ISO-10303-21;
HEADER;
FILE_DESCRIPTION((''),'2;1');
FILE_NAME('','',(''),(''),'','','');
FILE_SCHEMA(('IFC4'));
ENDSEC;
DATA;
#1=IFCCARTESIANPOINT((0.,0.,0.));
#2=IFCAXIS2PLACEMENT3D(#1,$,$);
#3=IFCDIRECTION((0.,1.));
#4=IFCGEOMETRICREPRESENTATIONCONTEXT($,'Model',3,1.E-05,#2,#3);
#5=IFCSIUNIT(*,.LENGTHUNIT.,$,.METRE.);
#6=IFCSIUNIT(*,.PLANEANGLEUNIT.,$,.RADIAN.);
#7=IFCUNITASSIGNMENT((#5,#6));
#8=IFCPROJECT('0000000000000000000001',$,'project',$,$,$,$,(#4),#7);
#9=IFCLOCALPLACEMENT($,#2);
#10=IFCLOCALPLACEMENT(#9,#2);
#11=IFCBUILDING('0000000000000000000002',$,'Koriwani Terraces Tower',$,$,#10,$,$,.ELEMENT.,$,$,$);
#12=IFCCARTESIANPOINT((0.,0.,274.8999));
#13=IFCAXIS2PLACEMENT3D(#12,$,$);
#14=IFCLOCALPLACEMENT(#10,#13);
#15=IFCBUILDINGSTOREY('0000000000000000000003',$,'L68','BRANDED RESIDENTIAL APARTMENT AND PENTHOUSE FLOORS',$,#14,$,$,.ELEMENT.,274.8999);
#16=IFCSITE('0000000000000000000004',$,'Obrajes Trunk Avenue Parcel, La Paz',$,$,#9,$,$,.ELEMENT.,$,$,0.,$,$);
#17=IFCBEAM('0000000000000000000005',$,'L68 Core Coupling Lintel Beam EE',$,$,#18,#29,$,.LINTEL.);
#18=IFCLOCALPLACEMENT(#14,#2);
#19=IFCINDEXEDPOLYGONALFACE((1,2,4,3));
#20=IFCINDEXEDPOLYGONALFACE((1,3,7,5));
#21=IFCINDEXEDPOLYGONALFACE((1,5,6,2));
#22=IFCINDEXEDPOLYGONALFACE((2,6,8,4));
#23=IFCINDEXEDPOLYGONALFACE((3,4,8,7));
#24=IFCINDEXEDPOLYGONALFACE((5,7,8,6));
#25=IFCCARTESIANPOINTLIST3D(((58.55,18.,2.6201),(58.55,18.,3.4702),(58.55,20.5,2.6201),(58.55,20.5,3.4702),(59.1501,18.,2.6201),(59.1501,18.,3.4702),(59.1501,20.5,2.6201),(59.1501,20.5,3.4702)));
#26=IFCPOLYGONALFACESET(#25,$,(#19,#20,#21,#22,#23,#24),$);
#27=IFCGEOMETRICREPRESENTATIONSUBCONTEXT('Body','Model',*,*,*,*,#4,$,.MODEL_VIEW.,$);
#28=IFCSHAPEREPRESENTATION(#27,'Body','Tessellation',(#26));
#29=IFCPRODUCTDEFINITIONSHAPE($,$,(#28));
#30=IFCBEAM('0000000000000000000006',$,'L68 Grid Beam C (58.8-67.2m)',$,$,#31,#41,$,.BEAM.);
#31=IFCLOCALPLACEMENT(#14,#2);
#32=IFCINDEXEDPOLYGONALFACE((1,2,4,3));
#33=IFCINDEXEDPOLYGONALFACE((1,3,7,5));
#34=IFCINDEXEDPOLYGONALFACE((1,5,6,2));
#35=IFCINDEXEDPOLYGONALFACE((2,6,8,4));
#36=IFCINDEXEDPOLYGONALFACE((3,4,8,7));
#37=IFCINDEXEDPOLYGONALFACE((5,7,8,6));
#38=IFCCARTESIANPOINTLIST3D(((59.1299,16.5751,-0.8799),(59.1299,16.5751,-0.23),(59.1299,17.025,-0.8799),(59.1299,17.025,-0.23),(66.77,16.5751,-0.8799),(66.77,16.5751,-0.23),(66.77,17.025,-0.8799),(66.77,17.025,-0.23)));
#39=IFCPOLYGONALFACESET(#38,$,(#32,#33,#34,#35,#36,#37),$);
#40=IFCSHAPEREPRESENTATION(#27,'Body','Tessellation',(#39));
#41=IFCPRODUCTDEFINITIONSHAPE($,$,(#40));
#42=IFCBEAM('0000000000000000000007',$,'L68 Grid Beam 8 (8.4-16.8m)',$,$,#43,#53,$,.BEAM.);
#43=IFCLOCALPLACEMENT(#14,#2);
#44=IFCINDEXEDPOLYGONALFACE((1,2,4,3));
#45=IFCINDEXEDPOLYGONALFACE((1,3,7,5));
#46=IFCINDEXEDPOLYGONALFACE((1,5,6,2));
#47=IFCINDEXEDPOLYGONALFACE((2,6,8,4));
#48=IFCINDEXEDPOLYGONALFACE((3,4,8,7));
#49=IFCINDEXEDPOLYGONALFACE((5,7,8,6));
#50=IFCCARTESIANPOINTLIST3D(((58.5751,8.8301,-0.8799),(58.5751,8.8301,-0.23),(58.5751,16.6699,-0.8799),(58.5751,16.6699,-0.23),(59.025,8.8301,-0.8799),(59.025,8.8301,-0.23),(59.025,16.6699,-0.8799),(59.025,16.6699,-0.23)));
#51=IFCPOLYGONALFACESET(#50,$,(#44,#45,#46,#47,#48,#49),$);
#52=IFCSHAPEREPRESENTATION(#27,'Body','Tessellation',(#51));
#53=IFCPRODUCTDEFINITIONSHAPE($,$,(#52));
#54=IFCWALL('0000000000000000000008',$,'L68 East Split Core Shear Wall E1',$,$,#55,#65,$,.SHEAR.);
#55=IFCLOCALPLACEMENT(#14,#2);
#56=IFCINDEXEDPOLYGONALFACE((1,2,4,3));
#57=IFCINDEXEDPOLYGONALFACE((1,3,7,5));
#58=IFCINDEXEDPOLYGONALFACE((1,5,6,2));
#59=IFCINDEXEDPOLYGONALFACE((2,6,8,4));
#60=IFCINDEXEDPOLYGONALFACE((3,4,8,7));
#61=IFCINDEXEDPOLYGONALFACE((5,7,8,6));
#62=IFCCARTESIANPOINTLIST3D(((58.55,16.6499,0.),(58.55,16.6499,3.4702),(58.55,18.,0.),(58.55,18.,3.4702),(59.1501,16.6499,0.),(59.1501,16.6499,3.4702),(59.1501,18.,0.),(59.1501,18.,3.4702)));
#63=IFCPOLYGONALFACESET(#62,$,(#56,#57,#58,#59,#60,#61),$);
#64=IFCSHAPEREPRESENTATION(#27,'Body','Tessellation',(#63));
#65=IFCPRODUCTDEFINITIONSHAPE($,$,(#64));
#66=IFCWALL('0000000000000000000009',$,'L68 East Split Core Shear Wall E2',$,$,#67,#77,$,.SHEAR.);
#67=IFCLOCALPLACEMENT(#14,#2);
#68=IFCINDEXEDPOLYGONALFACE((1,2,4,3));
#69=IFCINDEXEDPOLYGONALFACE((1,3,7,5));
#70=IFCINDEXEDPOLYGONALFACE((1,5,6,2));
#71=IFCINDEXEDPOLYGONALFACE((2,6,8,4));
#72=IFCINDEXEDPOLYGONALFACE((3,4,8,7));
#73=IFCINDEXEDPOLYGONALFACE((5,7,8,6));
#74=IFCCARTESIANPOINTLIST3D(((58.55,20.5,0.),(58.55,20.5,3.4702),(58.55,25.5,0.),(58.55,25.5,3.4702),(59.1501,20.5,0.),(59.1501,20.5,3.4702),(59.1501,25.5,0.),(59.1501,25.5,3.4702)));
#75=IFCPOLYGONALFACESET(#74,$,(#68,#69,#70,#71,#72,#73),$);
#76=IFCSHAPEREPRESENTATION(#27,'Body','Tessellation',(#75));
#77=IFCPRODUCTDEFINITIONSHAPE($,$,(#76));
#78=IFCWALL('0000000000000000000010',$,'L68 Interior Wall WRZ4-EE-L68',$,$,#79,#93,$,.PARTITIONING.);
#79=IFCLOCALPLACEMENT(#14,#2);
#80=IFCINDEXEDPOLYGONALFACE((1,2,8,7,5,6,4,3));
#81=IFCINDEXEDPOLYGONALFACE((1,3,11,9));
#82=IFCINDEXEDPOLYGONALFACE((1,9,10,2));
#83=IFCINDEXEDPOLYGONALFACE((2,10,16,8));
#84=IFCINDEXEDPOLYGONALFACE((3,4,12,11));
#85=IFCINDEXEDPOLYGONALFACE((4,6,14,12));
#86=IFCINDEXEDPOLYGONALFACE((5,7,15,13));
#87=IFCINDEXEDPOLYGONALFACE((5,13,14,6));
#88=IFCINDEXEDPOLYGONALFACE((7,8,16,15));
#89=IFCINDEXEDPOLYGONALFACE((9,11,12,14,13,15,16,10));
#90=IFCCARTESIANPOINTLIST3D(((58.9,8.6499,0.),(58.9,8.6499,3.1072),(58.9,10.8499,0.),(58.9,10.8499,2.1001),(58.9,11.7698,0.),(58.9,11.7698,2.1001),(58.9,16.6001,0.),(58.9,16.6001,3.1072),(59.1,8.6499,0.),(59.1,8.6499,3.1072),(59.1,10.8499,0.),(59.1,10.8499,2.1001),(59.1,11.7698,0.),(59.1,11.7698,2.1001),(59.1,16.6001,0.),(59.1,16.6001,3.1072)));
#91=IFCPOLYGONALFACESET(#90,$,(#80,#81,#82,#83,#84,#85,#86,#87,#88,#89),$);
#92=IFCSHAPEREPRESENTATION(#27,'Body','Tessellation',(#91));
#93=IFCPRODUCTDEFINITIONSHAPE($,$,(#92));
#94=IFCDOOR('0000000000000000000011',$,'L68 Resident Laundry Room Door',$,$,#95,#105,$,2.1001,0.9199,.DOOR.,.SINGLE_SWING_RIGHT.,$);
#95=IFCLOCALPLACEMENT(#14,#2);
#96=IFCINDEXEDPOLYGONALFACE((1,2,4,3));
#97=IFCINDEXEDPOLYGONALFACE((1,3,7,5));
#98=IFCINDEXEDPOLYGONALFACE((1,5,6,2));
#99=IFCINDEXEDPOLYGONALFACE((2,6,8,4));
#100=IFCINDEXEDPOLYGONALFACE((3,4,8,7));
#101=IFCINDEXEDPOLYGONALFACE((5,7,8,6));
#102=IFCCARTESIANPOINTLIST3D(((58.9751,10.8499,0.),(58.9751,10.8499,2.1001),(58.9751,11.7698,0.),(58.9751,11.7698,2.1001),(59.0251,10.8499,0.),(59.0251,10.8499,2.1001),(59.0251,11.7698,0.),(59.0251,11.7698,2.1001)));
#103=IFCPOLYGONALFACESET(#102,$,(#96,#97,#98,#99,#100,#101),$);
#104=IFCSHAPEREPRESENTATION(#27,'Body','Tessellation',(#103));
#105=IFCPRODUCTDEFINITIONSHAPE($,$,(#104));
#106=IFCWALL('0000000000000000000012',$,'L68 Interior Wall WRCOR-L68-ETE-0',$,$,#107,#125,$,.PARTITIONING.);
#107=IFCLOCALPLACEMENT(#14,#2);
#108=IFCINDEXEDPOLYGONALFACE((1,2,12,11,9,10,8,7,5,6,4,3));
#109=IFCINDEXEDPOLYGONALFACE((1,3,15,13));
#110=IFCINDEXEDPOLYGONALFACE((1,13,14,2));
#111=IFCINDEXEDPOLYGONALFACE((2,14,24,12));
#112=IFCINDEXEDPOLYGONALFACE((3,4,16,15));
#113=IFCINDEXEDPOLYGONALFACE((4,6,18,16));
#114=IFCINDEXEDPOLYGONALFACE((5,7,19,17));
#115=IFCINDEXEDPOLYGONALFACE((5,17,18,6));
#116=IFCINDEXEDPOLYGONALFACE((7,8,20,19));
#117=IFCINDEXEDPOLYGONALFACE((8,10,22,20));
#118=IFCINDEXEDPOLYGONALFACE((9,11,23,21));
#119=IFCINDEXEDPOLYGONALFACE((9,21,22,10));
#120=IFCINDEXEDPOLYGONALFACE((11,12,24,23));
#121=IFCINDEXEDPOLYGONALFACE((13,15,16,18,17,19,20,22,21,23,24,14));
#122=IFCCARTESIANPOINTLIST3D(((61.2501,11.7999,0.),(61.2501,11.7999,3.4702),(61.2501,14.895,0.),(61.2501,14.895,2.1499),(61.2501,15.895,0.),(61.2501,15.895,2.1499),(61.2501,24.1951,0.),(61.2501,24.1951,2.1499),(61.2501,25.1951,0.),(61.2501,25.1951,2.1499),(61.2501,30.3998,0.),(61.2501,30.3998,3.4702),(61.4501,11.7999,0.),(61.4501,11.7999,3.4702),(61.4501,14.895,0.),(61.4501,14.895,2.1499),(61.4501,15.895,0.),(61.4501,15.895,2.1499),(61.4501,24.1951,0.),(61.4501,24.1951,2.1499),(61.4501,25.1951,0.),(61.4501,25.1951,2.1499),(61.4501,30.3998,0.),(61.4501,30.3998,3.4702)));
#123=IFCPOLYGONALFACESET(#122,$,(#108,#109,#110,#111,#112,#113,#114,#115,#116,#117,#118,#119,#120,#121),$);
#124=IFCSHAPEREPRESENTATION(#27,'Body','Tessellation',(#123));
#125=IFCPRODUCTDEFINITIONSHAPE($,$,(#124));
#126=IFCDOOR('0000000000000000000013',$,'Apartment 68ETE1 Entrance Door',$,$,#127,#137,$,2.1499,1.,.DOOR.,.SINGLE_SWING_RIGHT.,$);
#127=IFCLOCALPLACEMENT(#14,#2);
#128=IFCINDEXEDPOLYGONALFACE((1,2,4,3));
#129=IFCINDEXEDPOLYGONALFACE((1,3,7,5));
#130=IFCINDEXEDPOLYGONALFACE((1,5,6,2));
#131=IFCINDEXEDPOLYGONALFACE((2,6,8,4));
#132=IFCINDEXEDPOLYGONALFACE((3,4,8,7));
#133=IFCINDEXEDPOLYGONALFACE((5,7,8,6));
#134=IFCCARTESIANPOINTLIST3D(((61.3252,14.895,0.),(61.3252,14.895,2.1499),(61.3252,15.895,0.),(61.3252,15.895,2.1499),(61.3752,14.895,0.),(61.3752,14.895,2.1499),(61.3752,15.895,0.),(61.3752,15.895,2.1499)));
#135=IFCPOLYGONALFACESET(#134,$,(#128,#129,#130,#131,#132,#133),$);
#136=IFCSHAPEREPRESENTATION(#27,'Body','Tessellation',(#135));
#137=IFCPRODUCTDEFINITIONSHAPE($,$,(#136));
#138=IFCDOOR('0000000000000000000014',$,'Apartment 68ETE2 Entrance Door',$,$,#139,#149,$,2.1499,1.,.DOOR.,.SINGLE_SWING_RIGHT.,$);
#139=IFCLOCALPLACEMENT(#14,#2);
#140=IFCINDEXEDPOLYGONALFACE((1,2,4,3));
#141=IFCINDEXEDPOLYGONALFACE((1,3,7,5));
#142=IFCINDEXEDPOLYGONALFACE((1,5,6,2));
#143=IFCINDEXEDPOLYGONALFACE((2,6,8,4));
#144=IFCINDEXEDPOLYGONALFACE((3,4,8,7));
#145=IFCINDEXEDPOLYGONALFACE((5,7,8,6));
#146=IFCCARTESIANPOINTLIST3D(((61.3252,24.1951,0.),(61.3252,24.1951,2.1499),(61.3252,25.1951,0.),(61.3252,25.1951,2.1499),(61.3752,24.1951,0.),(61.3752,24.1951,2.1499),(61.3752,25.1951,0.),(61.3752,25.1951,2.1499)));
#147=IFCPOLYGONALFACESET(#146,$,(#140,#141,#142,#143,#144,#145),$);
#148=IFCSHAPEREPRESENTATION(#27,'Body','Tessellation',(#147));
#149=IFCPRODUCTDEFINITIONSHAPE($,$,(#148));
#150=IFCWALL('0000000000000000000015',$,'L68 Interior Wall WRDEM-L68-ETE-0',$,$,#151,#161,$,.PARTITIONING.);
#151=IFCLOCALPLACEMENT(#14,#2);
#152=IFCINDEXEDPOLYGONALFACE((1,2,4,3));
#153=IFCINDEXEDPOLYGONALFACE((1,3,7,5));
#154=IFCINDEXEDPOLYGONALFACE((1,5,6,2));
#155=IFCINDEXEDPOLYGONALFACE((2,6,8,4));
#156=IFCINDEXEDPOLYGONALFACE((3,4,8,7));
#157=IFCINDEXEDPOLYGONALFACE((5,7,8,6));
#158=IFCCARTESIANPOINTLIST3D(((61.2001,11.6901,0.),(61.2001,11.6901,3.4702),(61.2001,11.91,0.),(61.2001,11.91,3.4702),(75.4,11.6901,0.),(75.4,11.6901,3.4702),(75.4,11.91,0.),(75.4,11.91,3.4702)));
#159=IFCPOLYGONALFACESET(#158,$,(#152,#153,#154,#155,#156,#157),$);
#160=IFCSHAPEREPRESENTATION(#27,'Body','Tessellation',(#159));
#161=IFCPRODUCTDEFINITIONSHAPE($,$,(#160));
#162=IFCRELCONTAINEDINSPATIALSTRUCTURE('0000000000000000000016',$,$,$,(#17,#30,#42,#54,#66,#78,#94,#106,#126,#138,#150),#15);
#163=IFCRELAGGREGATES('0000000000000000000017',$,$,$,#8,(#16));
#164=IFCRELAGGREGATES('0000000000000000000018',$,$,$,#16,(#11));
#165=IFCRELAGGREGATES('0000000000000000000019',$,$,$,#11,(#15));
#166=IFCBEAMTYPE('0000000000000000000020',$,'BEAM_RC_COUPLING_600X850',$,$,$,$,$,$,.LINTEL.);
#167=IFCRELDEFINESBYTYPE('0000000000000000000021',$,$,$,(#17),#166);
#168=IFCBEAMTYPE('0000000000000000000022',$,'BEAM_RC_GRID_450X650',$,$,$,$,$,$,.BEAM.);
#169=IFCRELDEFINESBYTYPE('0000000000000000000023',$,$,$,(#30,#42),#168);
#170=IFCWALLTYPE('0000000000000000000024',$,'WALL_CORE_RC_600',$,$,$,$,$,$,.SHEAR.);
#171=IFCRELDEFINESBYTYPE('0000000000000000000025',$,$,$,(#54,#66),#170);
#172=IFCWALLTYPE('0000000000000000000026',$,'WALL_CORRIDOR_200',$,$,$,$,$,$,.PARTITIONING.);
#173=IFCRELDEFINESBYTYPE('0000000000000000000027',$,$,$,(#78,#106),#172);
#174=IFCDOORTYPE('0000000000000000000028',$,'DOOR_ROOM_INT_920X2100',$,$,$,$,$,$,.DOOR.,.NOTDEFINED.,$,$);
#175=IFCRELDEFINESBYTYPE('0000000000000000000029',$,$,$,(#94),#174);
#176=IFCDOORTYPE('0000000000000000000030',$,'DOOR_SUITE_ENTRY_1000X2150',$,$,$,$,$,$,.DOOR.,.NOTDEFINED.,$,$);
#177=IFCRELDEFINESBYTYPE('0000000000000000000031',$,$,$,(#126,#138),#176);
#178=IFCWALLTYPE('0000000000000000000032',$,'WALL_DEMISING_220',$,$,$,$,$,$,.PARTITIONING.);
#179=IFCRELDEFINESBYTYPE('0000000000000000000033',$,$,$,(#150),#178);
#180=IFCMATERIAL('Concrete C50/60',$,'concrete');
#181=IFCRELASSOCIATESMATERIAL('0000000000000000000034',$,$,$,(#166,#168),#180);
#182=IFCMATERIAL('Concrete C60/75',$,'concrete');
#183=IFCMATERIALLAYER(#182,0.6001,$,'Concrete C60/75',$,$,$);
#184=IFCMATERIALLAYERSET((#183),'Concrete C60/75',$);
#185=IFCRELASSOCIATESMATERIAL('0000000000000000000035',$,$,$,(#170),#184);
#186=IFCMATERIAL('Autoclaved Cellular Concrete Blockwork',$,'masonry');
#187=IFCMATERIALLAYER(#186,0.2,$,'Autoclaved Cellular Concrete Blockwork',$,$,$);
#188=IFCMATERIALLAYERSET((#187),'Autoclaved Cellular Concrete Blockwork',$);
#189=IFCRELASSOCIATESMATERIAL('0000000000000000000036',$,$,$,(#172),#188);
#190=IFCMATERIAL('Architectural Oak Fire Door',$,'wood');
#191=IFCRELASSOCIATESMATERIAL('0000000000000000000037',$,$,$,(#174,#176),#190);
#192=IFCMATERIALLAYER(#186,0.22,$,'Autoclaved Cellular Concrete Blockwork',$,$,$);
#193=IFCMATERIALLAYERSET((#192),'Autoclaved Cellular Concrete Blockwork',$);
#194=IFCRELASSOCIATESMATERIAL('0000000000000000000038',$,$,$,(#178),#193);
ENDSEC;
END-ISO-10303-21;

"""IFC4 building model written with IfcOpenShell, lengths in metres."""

from ifc_helpers import new_model, si_unit, direction, frame, frame_2d, origin, origin_2d, place, context, subcontext, project, spatial, rectangle, extrude, material, layer, layer_set, material_profile, profile_set, type_object, element, fill, save


model = new_model("IFC4")

# Units and contexts
model_context = context("Model", 3, precision=1e-05, world=origin(), true_north=direction((0.0, 1.0)))
body_context = subcontext(model_context, "Body", "Model", "MODEL_VIEW")
ifc_project = project(units=[si_unit("LENGTHUNIT", "METRE"), si_unit("PLANEANGLEUNIT", "RADIAN")], contexts=[model_context])

# Site, building, storey
site_placement = place(None, origin())
site = spatial("IfcSite", under=ifc_project, at=site_placement, Name="Obrajes Trunk Avenue Parcel, La Paz", CompositionType="ELEMENT", RefElevation=0.0)
building_placement = place(site_placement, origin())
building = spatial("IfcBuilding", under=site, at=building_placement, Name="Koriwani Terraces Tower", CompositionType="ELEMENT")
storey_placement = place(building_placement, frame((0.0, 0.0, 274.8999)))
storey = spatial("IfcBuildingStorey", under=building, at=storey_placement, Name="L68", Description="BRANDED RESIDENTIAL APARTMENT AND PENTHOUSE FLOORS", CompositionType="ELEMENT", Elevation=274.8999)

# Beams
ifc_material_1 = material(Name="Concrete C50/60", Category="concrete")
ifc_material_profile_1 = material_profile(ifc_material_1, rectangle(XDim=0.6001, YDim=0.8501, at=origin_2d()), Name="Concrete C50/60", Category="LoadBearing")
ifc_profile_set_1 = profile_set([ifc_material_profile_1], Name="Concrete C50/60")
beam_type_1 = type_object("IfcBeamType", Name="BEAM_RC_COUPLING_600X850", PredefinedType="LINTEL", material=ifc_profile_set_1)
beam_1_placement = place(storey_placement, frame((58.8501, 18.0, 3.0452), z_axis=(0.0, 1.0, 0.0), x_axis=(-1.0, 0.0, 0.0)))
element("IfcBeam", 1, at=beam_1_placement, inside=storey, type_object=beam_type_1, Name="L68 Core Coupling Lintel Beam EE", PredefinedType="LINTEL", context=body_context, shape_type="SweptSolid", body=[
    extrude(rectangle(XDim=0.6001, YDim=0.8501, at=origin_2d()), origin(), (0.0, 0.0, 1.0), 2.5),
])
ifc_material_profile_2 = material_profile(ifc_material_1, rectangle(XDim=0.45, YDim=0.6499, at=origin_2d()), Name="Concrete C50/60", Category="LoadBearing")
ifc_profile_set_2 = profile_set([ifc_material_profile_2], Name="Concrete C50/60")
beam_type_2 = type_object("IfcBeamType", Name="BEAM_RC_GRID_450X650", PredefinedType="BEAM", material=ifc_profile_set_2)
beam_2_placement = place(storey_placement, frame((59.1299, 16.8, -0.5549), z_axis=(1.0, 0.0, 0.0), x_axis=(0.0, 1.0, 0.0)))
element("IfcBeam", 2, at=beam_2_placement, inside=storey, type_object=beam_type_2, Name="L68 Grid Beam C (58.8-67.2m)", PredefinedType="BEAM", context=body_context, shape_type="SweptSolid", body=[
    extrude(rectangle(XDim=0.45, YDim=0.6499, at=origin_2d()), origin(), (0.0, 0.0, 1.0), 7.6401),
])
beam_3_placement = place(storey_placement, frame((58.8, 8.8301, -0.5549), z_axis=(0.0, 1.0, 0.0), x_axis=(-1.0, 0.0, 0.0)))
element("IfcBeam", 3, at=beam_3_placement, inside=storey, type_object=beam_type_2, Name="L68 Grid Beam 8 (8.4-16.8m)", PredefinedType="BEAM", context=body_context, shape_type="SweptSolid", body=[
    extrude(rectangle(XDim=0.45, YDim=0.6499, at=origin_2d()), origin(), (0.0, 0.0, 1.0), 7.8398),
])

# Walls
ifc_material_2 = material(Name="Concrete C60/75", Category="concrete")
ifc_layer_1 = layer(ifc_material_2, 0.6001, Name="Concrete C60/75")
ifc_layer_set_1 = layer_set([ifc_layer_1], Name="Concrete C60/75")
wall_type_1 = type_object("IfcWallType", Name="WALL_CORE_RC_600", PredefinedType="SHEAR", material=ifc_layer_set_1)
wall_1_placement = place(storey_placement, frame((58.8501, 16.6499, 0.0), z_axis=(0.0, 0.0, 1.0), x_axis=(0.0, 1.0, 0.0)))
element("IfcWall", 4, at=wall_1_placement, inside=storey, type_object=wall_type_1, Name="L68 East Split Core Shear Wall E1", PredefinedType="SHEAR", context=body_context, shape_type="SweptSolid", body=[
    extrude(rectangle(XDim=1.3501, YDim=0.6001, at=frame_2d((0.675, 0.0))), origin(), (0.0, 0.0, 1.0), 3.4702),
])
wall_2_placement = place(storey_placement, frame((58.8501, 20.5, 0.0), z_axis=(0.0, 0.0, 1.0), x_axis=(0.0, 1.0, 0.0)))
element("IfcWall", 5, at=wall_2_placement, inside=storey, type_object=wall_type_1, Name="L68 East Split Core Shear Wall E2", PredefinedType="SHEAR", context=body_context, shape_type="SweptSolid", body=[
    extrude(rectangle(XDim=5.0, YDim=0.6001, at=frame_2d((2.5, 0.0))), origin(), (0.0, 0.0, 1.0), 3.4702),
])

# Wall, opening, door
ifc_material_3 = material(Name="Autoclaved Cellular Concrete Blockwork", Category="masonry")
ifc_layer_2 = layer(ifc_material_3, 0.2, Name="Autoclaved Cellular Concrete Blockwork")
ifc_layer_set_2 = layer_set([ifc_layer_2], Name="Autoclaved Cellular Concrete Blockwork")
wall_type_2 = type_object("IfcWallType", Name="WALL_CORRIDOR_200", PredefinedType="PARTITIONING", material=ifc_layer_set_2)
wall_3_placement = place(storey_placement, frame((59.0, 8.6499, 0.0), z_axis=(0.0, 0.0, 1.0), x_axis=(0.0, 1.0, 0.0)))
wall_3 = element("IfcWall", 6, at=wall_3_placement, inside=storey, type_object=wall_type_2, Name="L68 Interior Wall WRZ4-EE-L68", PredefinedType="PARTITIONING", context=body_context, shape_type="SweptSolid", body=[
    extrude(rectangle(XDim=7.9502, YDim=0.2, at=frame_2d((3.9751, 0.0))), origin(), (0.0, 0.0, 1.0), 3.1072),
])
opening_1_placement = place(wall_3_placement, frame((2.2, 0.0, 0.0)))
opening_1 = element("IfcOpeningElement", 7, at=opening_1_placement, cuts=wall_3, PredefinedType="OPENING", context=body_context, shape_type="SweptSolid", body=[
    extrude(rectangle(XDim=0.9199, YDim=2.1001, at=frame_2d((0.46, 1.05))), frame((0.0, 0.1099, 0.0), z_axis=(0.0, -1.0, 0.0), x_axis=(1.0, 0.0, 0.0)), (0.0, 0.0, 1.0), 0.22),
])
ifc_material_4 = material(Name="Architectural Oak Fire Door", Category="wood")
door_type_1 = type_object("IfcDoorType", Name="DOOR_ROOM_INT_920X2100", OperationType="NOTDEFINED", PredefinedType="DOOR", material=ifc_material_4)
door_1_placement = place(opening_1_placement, origin())
door_1 = element("IfcDoor", 8, at=door_1_placement, inside=storey, type_object=door_type_1, Name="L68 Resident Laundry Room Door", OperationType="SINGLE_SWING_RIGHT", OverallHeight=2.1001, OverallWidth=0.9199, PredefinedType="DOOR", context=body_context, shape_type="SweptSolid", body=[
    extrude(rectangle(XDim=0.9199, YDim=2.1001, at=frame_2d((0.46, 1.05))), frame((0.0, 0.0249, 0.0), z_axis=(0.0, -1.0, 0.0), x_axis=(1.0, 0.0, 0.0)), (0.0, 0.0, 1.0), 0.05),
])
fill(opening_1, door_1)

# Wall, openings, doors
wall_4_placement = place(storey_placement, frame((61.3501, 11.8, 0.0), z_axis=(0.0, 0.0, 1.0), x_axis=(0.0, 1.0, 0.0)))
wall_4 = element("IfcWall", 9, at=wall_4_placement, inside=storey, type_object=wall_type_2, Name="L68 Interior Wall WRCOR-L68-ETE-0", PredefinedType="PARTITIONING", context=body_context, shape_type="SweptSolid", body=[
    extrude(rectangle(XDim=18.5999, YDim=0.2, at=frame_2d((9.2998, 0.0))), origin(), (0.0, 0.0, 1.0), 3.4702),
])
opening_2_placement = place(wall_4_placement, frame((3.095, 0.0, 0.0)))
opening_2 = element("IfcOpeningElement", 10, at=opening_2_placement, cuts=wall_4, PredefinedType="OPENING", context=body_context, shape_type="SweptSolid", body=[
    extrude(rectangle(XDim=1.0, YDim=2.1499, at=frame_2d((0.5, 1.075))), frame((0.0, 0.1099, 0.0), z_axis=(0.0, -1.0, 0.0), x_axis=(1.0, 0.0, 0.0)), (0.0, 0.0, 1.0), 0.22),
])
opening_3_placement = place(wall_4_placement, frame((12.395, 0.0, 0.0)))
opening_3 = element("IfcOpeningElement", 11, at=opening_3_placement, cuts=wall_4, PredefinedType="OPENING", context=body_context, shape_type="SweptSolid", body=[
    extrude(rectangle(XDim=1.0, YDim=2.1499, at=frame_2d((0.5, 1.075))), frame((0.0, 0.1099, 0.0), z_axis=(0.0, -1.0, 0.0), x_axis=(1.0, 0.0, 0.0)), (0.0, 0.0, 1.0), 0.22),
])
door_type_2 = type_object("IfcDoorType", Name="DOOR_SUITE_ENTRY_1000X2150", OperationType="NOTDEFINED", PredefinedType="DOOR", material=ifc_material_4)
door_2_placement = place(opening_2_placement, origin())
door_2 = element("IfcDoor", 12, at=door_2_placement, inside=storey, type_object=door_type_2, Name="Apartment 68ETE1 Entrance Door", OperationType="SINGLE_SWING_RIGHT", OverallHeight=2.1499, OverallWidth=1.0, PredefinedType="DOOR", context=body_context, shape_type="SweptSolid", body=[
    extrude(rectangle(XDim=1.0, YDim=2.1499, at=frame_2d((0.5, 1.075))), frame((0.0, 0.0249, 0.0), z_axis=(0.0, -1.0, 0.0), x_axis=(1.0, 0.0, 0.0)), (0.0, 0.0, 1.0), 0.05),
])
fill(opening_2, door_2)
door_3_placement = place(opening_3_placement, origin())
door_3 = element("IfcDoor", 13, at=door_3_placement, inside=storey, type_object=door_type_2, Name="Apartment 68ETE2 Entrance Door", OperationType="SINGLE_SWING_RIGHT", OverallHeight=2.1499, OverallWidth=1.0, PredefinedType="DOOR", context=body_context, shape_type="SweptSolid", body=[
    extrude(rectangle(XDim=1.0, YDim=2.1499, at=frame_2d((0.5, 1.075))), frame((0.0, 0.0249, 0.0), z_axis=(0.0, -1.0, 0.0), x_axis=(1.0, 0.0, 0.0)), (0.0, 0.0, 1.0), 0.05),
])
fill(opening_3, door_3)

# Wall
ifc_layer_3 = layer(ifc_material_3, 0.22, Name="Autoclaved Cellular Concrete Blockwork")
ifc_layer_set_3 = layer_set([ifc_layer_3], Name="Autoclaved Cellular Concrete Blockwork")
wall_type_3 = type_object("IfcWallType", Name="WALL_DEMISING_220", PredefinedType="PARTITIONING", material=ifc_layer_set_3)
wall_5_placement = place(storey_placement, frame((61.2, 11.8, 0.0), z_axis=(0.0, 0.0, 1.0), x_axis=(1.0, 0.0, 0.0)))
element("IfcWall", 14, at=wall_5_placement, inside=storey, type_object=wall_type_3, Name="L68 Interior Wall WRDEM-L68-ETE-0", PredefinedType="PARTITIONING", context=body_context, shape_type="SweptSolid", body=[
    extrude(rectangle(XDim=14.2, YDim=0.22, at=frame_2d((7.1001, 0.0))), origin(), (0.0, 0.0, 1.0), 3.4702),
])

save(model, "model.ifc")
